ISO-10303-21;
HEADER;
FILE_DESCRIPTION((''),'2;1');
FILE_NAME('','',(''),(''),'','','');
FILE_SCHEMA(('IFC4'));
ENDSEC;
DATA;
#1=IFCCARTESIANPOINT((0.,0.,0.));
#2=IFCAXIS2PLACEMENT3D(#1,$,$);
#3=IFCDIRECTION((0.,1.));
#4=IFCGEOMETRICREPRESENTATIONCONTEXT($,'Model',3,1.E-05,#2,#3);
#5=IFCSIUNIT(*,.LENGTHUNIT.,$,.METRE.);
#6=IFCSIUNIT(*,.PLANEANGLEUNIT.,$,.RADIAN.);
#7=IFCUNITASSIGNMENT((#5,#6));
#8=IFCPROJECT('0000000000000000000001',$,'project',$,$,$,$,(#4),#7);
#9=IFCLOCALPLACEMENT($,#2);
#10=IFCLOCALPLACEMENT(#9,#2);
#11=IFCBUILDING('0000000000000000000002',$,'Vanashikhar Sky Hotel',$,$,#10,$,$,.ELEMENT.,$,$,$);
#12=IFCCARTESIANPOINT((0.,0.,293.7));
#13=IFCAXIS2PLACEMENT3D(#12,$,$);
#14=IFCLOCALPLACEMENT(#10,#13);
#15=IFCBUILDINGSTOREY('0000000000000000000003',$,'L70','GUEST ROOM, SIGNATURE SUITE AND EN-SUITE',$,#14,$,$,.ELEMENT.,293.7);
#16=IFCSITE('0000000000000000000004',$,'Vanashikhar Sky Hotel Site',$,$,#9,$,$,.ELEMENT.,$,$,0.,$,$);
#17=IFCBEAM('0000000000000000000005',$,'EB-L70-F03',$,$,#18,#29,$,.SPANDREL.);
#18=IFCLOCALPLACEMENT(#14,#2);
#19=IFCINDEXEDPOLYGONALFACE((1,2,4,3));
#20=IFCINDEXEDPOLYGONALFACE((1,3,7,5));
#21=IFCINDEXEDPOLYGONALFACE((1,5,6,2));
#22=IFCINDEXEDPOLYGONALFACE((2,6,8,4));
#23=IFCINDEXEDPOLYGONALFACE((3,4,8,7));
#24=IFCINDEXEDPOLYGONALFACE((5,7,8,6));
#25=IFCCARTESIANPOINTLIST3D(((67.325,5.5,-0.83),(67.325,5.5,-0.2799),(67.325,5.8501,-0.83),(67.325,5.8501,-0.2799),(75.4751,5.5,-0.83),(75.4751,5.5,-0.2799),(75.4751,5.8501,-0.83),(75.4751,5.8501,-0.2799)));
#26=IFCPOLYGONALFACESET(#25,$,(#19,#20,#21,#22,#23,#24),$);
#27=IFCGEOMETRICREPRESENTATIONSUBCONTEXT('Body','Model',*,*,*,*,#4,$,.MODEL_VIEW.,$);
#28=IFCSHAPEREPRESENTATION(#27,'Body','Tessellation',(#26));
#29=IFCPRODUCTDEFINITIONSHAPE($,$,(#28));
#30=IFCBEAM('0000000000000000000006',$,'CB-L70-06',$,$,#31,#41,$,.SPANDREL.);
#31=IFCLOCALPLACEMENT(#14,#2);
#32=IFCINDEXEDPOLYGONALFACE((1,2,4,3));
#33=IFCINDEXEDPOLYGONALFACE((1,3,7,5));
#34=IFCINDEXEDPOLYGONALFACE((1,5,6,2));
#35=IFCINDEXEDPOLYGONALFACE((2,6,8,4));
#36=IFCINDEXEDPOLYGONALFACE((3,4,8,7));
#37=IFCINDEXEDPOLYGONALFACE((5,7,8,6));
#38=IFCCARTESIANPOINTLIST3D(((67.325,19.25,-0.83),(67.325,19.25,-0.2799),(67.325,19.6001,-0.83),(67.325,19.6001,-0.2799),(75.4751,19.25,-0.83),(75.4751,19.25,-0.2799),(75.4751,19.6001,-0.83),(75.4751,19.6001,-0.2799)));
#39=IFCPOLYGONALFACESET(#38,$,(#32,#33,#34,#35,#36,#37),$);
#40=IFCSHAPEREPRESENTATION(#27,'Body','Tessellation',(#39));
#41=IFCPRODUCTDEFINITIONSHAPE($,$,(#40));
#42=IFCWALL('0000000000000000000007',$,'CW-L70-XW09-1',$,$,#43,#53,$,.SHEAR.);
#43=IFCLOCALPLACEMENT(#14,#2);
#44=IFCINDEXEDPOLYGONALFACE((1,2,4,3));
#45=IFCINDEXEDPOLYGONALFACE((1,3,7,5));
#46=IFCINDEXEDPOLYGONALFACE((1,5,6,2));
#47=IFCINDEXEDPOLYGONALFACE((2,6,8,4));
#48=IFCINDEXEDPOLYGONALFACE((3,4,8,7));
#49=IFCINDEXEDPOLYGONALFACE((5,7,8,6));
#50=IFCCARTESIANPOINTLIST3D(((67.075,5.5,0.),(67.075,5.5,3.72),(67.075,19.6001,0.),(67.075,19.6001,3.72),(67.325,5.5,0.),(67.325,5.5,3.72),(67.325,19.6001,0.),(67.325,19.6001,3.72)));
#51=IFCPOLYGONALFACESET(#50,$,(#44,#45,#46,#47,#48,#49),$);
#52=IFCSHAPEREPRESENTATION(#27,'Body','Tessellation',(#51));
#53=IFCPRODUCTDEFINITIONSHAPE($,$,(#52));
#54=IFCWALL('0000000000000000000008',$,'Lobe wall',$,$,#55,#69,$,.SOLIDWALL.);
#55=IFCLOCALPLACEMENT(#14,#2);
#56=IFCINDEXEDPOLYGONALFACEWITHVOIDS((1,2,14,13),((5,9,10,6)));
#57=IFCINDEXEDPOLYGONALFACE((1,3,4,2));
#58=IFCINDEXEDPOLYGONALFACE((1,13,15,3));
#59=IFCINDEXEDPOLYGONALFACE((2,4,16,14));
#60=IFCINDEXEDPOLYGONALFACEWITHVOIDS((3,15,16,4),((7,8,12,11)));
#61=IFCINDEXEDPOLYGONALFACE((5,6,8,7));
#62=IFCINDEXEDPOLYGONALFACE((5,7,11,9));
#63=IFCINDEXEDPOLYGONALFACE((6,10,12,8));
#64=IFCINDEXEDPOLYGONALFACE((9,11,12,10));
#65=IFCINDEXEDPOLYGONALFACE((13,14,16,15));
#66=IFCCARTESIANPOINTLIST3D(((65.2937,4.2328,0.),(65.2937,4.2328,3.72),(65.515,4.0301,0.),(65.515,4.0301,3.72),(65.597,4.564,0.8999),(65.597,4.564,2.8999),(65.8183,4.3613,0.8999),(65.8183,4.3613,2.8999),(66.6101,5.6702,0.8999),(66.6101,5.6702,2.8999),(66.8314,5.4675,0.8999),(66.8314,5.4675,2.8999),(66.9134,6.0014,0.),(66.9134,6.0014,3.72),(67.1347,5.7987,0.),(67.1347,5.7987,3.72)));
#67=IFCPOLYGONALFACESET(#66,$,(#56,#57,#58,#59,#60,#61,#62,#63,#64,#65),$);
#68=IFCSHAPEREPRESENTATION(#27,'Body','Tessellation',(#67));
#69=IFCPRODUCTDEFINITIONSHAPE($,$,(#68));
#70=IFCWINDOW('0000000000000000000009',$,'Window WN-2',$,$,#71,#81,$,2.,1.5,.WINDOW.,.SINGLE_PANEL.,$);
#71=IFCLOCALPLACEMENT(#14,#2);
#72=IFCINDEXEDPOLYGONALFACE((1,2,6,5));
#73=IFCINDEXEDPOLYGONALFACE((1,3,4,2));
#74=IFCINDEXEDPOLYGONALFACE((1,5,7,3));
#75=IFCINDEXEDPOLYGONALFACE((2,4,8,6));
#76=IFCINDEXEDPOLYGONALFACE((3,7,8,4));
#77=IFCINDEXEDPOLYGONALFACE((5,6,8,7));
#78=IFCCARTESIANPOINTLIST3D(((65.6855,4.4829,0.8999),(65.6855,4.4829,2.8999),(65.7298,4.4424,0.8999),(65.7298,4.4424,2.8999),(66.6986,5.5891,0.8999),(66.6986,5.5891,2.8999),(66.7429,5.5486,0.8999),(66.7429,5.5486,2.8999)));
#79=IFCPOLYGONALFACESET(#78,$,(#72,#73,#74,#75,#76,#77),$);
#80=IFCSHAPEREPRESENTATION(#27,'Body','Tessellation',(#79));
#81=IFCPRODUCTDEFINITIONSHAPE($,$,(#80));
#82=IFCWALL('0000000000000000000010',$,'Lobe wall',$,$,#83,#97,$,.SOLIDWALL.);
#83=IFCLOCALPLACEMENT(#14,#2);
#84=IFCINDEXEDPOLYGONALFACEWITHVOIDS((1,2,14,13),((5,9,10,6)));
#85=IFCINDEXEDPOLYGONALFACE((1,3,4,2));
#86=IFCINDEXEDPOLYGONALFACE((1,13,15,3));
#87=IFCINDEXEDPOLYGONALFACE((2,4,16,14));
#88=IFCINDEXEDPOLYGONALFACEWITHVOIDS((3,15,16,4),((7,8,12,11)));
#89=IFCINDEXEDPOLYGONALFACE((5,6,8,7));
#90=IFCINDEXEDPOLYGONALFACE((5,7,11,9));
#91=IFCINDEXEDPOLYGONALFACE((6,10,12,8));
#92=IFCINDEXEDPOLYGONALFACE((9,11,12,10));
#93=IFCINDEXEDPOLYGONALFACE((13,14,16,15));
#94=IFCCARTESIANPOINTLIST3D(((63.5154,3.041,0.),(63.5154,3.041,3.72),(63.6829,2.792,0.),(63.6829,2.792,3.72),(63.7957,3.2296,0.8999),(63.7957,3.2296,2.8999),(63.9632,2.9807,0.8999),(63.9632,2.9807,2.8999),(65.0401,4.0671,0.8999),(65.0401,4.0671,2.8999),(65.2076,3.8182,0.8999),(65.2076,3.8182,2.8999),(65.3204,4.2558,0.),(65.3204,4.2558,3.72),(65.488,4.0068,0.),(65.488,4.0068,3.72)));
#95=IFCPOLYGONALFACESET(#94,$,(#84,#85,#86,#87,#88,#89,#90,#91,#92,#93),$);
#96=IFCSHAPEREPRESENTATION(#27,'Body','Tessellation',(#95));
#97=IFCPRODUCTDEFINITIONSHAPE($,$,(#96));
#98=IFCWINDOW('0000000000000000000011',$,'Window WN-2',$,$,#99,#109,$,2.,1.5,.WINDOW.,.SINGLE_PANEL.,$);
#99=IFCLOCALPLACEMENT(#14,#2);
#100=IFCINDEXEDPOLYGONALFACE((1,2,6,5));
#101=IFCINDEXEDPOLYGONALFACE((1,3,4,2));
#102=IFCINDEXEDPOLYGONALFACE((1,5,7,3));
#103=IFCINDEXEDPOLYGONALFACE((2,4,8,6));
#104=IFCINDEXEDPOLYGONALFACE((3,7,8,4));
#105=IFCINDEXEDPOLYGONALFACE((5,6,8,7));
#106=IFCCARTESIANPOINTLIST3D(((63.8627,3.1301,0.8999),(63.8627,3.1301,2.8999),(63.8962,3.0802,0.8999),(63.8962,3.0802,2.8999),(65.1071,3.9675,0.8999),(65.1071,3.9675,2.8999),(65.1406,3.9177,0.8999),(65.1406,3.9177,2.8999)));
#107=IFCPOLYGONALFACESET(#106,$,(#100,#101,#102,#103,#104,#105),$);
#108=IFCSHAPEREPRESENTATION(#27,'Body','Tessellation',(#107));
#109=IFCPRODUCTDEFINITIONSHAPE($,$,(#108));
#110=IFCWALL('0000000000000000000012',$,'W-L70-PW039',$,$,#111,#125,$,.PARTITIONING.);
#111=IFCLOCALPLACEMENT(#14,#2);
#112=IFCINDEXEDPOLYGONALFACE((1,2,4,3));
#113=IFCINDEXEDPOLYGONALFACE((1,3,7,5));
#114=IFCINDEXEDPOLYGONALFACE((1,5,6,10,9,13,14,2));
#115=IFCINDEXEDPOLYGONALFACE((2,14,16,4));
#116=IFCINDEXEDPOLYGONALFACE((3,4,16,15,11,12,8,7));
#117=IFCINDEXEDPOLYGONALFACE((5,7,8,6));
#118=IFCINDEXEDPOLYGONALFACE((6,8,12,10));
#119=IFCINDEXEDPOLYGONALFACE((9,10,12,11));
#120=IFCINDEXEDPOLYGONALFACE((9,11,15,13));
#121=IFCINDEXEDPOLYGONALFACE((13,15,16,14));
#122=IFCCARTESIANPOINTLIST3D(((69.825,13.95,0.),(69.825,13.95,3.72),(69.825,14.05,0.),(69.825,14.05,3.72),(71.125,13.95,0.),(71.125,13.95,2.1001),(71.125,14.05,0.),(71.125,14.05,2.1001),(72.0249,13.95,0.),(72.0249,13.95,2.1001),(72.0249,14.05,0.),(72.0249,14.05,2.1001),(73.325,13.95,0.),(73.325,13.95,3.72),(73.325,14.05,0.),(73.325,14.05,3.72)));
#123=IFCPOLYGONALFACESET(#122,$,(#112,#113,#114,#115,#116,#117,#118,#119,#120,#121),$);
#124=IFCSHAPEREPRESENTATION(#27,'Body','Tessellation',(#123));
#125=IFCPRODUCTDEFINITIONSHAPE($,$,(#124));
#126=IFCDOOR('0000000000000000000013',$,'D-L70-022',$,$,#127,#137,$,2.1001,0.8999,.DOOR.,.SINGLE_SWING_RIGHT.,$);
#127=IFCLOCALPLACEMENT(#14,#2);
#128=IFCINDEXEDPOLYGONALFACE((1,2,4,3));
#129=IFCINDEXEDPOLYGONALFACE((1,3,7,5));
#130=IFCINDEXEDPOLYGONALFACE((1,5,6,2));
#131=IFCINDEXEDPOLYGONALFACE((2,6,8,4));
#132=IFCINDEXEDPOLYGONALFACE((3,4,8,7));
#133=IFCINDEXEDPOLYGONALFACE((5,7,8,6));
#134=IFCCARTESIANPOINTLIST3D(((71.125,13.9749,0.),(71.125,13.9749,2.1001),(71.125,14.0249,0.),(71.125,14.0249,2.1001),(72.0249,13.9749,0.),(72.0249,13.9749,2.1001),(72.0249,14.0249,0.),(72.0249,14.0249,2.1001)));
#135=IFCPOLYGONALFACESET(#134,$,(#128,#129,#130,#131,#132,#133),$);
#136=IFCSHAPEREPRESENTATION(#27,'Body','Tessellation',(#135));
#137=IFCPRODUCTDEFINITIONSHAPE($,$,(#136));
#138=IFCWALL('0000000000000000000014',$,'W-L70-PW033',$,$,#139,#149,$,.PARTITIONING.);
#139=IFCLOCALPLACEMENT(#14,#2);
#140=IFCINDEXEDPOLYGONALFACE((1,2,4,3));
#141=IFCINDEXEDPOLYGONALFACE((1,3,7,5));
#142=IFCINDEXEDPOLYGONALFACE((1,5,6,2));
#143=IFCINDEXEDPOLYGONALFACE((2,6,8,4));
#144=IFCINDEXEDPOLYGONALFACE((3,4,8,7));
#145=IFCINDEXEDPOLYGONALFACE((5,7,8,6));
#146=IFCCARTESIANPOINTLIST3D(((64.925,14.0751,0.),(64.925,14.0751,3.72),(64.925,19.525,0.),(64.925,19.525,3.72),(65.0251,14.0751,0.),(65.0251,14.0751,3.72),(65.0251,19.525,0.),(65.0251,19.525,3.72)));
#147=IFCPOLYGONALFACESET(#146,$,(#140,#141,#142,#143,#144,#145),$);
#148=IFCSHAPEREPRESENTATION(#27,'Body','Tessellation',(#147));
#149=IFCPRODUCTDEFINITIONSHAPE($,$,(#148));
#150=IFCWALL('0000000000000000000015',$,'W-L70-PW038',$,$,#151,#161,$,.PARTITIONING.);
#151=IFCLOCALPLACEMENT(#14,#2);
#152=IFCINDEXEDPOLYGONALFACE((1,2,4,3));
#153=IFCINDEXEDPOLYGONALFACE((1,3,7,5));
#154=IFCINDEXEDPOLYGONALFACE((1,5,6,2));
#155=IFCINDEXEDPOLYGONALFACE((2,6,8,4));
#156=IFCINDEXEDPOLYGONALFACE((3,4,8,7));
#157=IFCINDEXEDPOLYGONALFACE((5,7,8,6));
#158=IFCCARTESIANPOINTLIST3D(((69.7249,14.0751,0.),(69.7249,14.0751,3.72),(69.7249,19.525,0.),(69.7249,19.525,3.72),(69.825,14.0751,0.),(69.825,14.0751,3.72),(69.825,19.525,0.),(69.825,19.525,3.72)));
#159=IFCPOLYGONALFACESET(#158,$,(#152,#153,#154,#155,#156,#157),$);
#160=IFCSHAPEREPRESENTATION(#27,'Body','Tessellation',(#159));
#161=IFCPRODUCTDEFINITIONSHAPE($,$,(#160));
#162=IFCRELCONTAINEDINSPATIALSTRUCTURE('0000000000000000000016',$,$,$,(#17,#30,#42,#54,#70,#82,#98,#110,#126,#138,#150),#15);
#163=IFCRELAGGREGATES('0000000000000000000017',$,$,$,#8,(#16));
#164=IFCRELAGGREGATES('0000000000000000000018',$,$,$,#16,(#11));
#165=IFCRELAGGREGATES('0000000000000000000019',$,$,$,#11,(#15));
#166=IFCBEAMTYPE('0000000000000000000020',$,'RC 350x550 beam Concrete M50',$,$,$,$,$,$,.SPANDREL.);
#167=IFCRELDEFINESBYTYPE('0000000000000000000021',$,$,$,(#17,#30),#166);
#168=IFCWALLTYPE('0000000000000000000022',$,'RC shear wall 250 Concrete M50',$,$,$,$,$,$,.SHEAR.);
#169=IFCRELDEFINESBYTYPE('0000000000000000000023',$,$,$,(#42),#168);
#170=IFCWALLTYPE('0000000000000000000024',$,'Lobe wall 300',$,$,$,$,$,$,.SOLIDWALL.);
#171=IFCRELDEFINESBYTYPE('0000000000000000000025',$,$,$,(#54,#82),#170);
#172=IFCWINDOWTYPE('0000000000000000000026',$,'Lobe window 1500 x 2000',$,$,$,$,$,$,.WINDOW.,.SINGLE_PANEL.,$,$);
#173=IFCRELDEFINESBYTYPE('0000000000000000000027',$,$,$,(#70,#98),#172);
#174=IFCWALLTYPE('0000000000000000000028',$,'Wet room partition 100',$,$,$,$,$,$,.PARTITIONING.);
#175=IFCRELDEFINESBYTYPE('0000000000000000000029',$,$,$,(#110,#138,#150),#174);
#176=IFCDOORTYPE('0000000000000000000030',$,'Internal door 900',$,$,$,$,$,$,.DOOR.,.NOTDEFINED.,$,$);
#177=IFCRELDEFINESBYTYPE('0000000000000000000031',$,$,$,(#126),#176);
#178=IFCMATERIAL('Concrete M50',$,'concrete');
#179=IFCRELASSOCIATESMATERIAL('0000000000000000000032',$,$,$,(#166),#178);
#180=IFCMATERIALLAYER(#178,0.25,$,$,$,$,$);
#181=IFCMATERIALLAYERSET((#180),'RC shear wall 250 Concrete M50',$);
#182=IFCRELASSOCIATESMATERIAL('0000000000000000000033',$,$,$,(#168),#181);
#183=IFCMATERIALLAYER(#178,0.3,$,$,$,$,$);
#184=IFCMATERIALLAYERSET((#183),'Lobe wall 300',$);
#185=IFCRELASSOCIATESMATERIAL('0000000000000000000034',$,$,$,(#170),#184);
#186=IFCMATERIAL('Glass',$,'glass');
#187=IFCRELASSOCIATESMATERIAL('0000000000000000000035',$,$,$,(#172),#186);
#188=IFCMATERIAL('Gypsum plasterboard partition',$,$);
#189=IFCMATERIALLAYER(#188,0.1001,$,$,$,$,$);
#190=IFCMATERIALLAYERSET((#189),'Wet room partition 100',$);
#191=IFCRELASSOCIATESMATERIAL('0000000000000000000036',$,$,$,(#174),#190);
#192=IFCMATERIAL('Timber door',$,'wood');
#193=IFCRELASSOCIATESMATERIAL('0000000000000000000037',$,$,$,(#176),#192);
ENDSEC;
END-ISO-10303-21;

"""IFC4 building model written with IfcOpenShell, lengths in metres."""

from ifc_helpers import new_model, si_unit, direction, frame, frame_2d, origin, origin_2d, place, context, subcontext, project, spatial, rectangle, extrude, source, transform, mapped, material, layer, layer_set, material_profile, profile_set, type_object, element, fill, save


model = new_model("IFC4")

# Units and contexts
model_context = context("Model", 3, precision=1e-05, world=origin(), true_north=direction((0.0, 1.0)))
body_context = subcontext(model_context, "Body", "Model", "MODEL_VIEW")
ifc_project = project(units=[si_unit("LENGTHUNIT", "METRE"), si_unit("PLANEANGLEUNIT", "RADIAN")], contexts=[model_context])

# Site, building, storey
site_placement = place(None, origin())
site = spatial("IfcSite", under=ifc_project, at=site_placement, Name="Vanashikhar Sky Hotel Site", CompositionType="ELEMENT", RefElevation=0.0)
building_placement = place(site_placement, origin())
building = spatial("IfcBuilding", under=site, at=building_placement, Name="Vanashikhar Sky Hotel", CompositionType="ELEMENT")
storey_placement = place(building_placement, frame((0.0, 0.0, 293.7)))
storey = spatial("IfcBuildingStorey", under=building, at=storey_placement, Name="L70", Description="GUEST ROOM, SIGNATURE SUITE AND EN-SUITE", CompositionType="ELEMENT", Elevation=293.7)

# Beams
ifc_material_1 = material(Name="Concrete M50", Category="concrete")
ifc_material_profile_1 = material_profile(ifc_material_1, rectangle(XDim=0.3501, YDim=0.55, at=origin_2d()))
ifc_profile_set_1 = profile_set([ifc_material_profile_1], Name="RC 350x550 beam Concrete M50")
beam_type = type_object("IfcBeamType", Name="RC 350x550 beam Concrete M50", PredefinedType="SPANDREL", material=ifc_profile_set_1)
shared_shape_1 = source(origin(), body_context, "Body", "SweptSolid", [
    extrude(rectangle(XDim=0.3501, YDim=0.55, at=origin_2d()), origin(), (0.0, 0.0, 1.0), 8.1501),
])
for number, where, z_axis, x_axis, name in (
    (1, (67.325, 5.675, -0.5549), (1.0, 0.0, 0.0), (0.0, 1.0, 0.0), "EB-L70-F03"),
    (2, (67.325, 19.425, -0.5549), (1.0, 0.0, 0.0), (0.0, 1.0, 0.0), "CB-L70-06"),
):
    element("IfcBeam", number, at=place(storey_placement, frame(where, z_axis=z_axis, x_axis=x_axis)), inside=storey, type_object=beam_type, Name=name, PredefinedType="SPANDREL", context=body_context, shape_type="MappedRepresentation", body=[
        mapped(shared_shape_1, transform((0.0, 0.0, 0.0), scale=1.0)),
    ])

# Wall
ifc_layer_1 = layer(ifc_material_1, 0.25)
ifc_layer_set_1 = layer_set([ifc_layer_1], Name="RC shear wall 250 Concrete M50")
wall_type_1 = type_object("IfcWallType", Name="RC shear wall 250 Concrete M50", PredefinedType="SHEAR", material=ifc_layer_set_1)
shared_shape_2 = source(origin(), body_context, "Body", "SweptSolid", [
    extrude(rectangle(XDim=14.1001, YDim=0.25, at=frame_2d((7.05, 0.0))), origin(), (0.0, 0.0, 1.0), 3.72),
])
wall_1_placement = place(storey_placement, frame((67.2, 5.5, 0.0), z_axis=(0.0, 0.0, 1.0), x_axis=(0.0, 1.0, 0.0)))
element("IfcWall", 3, at=wall_1_placement, inside=storey, type_object=wall_type_1, Name="CW-L70-XW09-1", PredefinedType="SHEAR", context=body_context, shape_type="MappedRepresentation", body=[
    mapped(shared_shape_2, transform((0.0, 0.0, 0.0), scale=1.0)),
])

# Shared definitions
ifc_material_2 = material(Name="Glass", Category="glass")

# Walls, openings, windows
ifc_layer_2 = layer(ifc_material_1, 0.3)
ifc_layer_set_2 = layer_set([ifc_layer_2], Name="Lobe wall 300")
wall_type_2 = type_object("IfcWallType", Name="Lobe wall 300", PredefinedType="SOLIDWALL", material=ifc_layer_set_2)
shared_shape_3 = source(origin(), body_context, "Body", "SweptSolid", [
    extrude(rectangle(XDim=2.3982, YDim=0.3, at=frame_2d((1.1992, 0.0))), origin(), (0.0, 0.0, 1.0), 3.72),
])
wall_2_placement = place(storey_placement, frame((65.4043, 4.1313, 0.0), z_axis=(0.0, 0.0, 1.0), x_axis=(0.675374, 0.737475, 0.0)))
wall_2 = element("IfcWall", 4, at=wall_2_placement, inside=storey, type_object=wall_type_2, Name="Lobe wall", PredefinedType="SOLIDWALL", context=body_context, shape_type="MappedRepresentation", body=[
    mapped(shared_shape_3, transform((0.0, 0.0, 0.0), scale=1.0)),
])
shared_shape_4 = source(origin(), body_context, "Body", "SweptSolid", [
    extrude(rectangle(XDim=1.5, YDim=2.0, at=frame_2d((0.75, 1.0))), frame((0.0, 0.1602, 0.0), z_axis=(0.0, -1.0, 0.0), x_axis=(1.0, 0.0, 0.0)), (0.0, 0.0, 1.0), 0.3201),
])
opening_1_placement = place(wall_2_placement, frame((0.4492, 0.0, 0.8999)))
opening_1 = element("IfcOpeningElement", 5, at=opening_1_placement, cuts=wall_2, PredefinedType="OPENING", context=body_context, shape_type="MappedRepresentation", body=[
    mapped(shared_shape_4, transform((0.0, 0.0, 0.0), scale=1.0)),
])
window_type_1 = type_object("IfcWindowType", Name="Lobe window 1500 x 2000", PartitioningType="SINGLE_PANEL", PredefinedType="WINDOW", material=ifc_material_2)
shared_shape_5 = source(origin(), body_context, "Body", "SweptSolid", [
    extrude(rectangle(XDim=1.5, YDim=2.0, at=frame_2d((0.75, 1.0))), frame((0.0, 0.03, 0.0), z_axis=(0.0, -1.0, 0.0), x_axis=(1.0, 0.0, 0.0)), (0.0, 0.0, 1.0), 0.0601),
])
window_1_placement = place(opening_1_placement, origin())
window_1 = element("IfcWindow", 6, at=window_1_placement, inside=storey, type_object=window_type_1, Name="Window WN-2", OverallHeight=2.0, OverallWidth=1.5, PartitioningType="SINGLE_PANEL", PredefinedType="WINDOW", context=body_context, shape_type="MappedRepresentation", body=[
    mapped(shared_shape_5, transform((0.0, 0.0, 0.0), scale=1.0)),
])
fill(opening_1, window_1)
shared_shape_6 = source(origin(), body_context, "Body", "SweptSolid", [
    extrude(rectangle(XDim=2.1758, YDim=0.3, at=frame_2d((1.0879, 0.0))), origin(), (0.0, 0.0, 1.0), 3.72),
])
wall_3_placement = place(storey_placement, frame((63.5991, 2.9165, 0.0), z_axis=(0.0, 0.0, 1.0), x_axis=(0.829626, 0.55832, 0.0)))
wall_3 = element("IfcWall", 7, at=wall_3_placement, inside=storey, type_object=wall_type_2, Name="Lobe wall", PredefinedType="SOLIDWALL", context=body_context, shape_type="MappedRepresentation", body=[
    mapped(shared_shape_6, transform((0.0, 0.0, 0.0), scale=1.0)),
])
opening_2_placement = place(wall_3_placement, frame((0.3379, 0.0, 0.8999)))
opening_2 = element("IfcOpeningElement", 8, at=opening_2_placement, cuts=wall_3, PredefinedType="OPENING", context=body_context, shape_type="MappedRepresentation", body=[
    mapped(shared_shape_4, transform((0.0, 0.0, 0.0), scale=1.0)),
])
window_2_placement = place(opening_2_placement, origin())
window_2 = element("IfcWindow", 9, at=window_2_placement, inside=storey, type_object=window_type_1, Name="Window WN-2", OverallHeight=2.0, OverallWidth=1.5, PartitioningType="SINGLE_PANEL", PredefinedType="WINDOW", context=body_context, shape_type="MappedRepresentation", body=[
    mapped(shared_shape_5, transform((0.0, 0.0, 0.0), scale=1.0)),
])
fill(opening_2, window_2)

# Wall, opening, door
ifc_material_3 = material(Name="Gypsum plasterboard partition")
ifc_layer_3 = layer(ifc_material_3, 0.1001)
ifc_layer_set_3 = layer_set([ifc_layer_3], Name="Wet room partition 100")
wall_type_3 = type_object("IfcWallType", Name="Wet room partition 100", PredefinedType="PARTITIONING", material=ifc_layer_set_3)
shared_shape_7 = source(origin(), body_context, "Body", "SweptSolid", [
    extrude(rectangle(XDim=3.5, YDim=0.1001, at=frame_2d((1.75, 0.0))), origin(), (0.0, 0.0, 1.0), 3.72),
])
wall_4_placement = place(storey_placement, frame((69.825, 14.0, 0.0), z_axis=(0.0, 0.0, 1.0), x_axis=(1.0, 0.0, 0.0)))
wall_4 = element("IfcWall", 10, at=wall_4_placement, inside=storey, type_object=wall_type_3, Name="W-L70-PW039", PredefinedType="PARTITIONING", context=body_context, shape_type="MappedRepresentation", body=[
    mapped(shared_shape_7, transform((0.0, 0.0, 0.0), scale=1.0)),
])
shared_shape_8 = source(origin(), body_context, "Body", "SweptSolid", [
    extrude(rectangle(XDim=0.8999, YDim=2.1001, at=frame_2d((0.45, 1.05))), frame((0.0, 0.0601, 0.0), z_axis=(0.0, -1.0, 0.0), x_axis=(1.0, 0.0, 0.0)), (0.0, 0.0, 1.0), 0.1201),
])
opening_3_placement = place(wall_4_placement, frame((1.3, 0.0, 0.0)))
opening_3 = element("IfcOpeningElement", 11, at=opening_3_placement, cuts=wall_4, PredefinedType="OPENING", context=body_context, shape_type="MappedRepresentation", body=[
    mapped(shared_shape_8, transform((0.0, 0.0, 0.0), scale=1.0)),
])
ifc_material_4 = material(Name="Timber door", Category="wood")
door_type_1 = type_object("IfcDoorType", Name="Internal door 900", OperationType="NOTDEFINED", PredefinedType="DOOR", material=ifc_material_4)
shared_shape_9 = source(origin(), body_context, "Body", "SweptSolid", [
    extrude(rectangle(XDim=0.8999, YDim=2.1001, at=frame_2d((0.45, 1.05))), frame((0.0, 0.0249, 0.0), z_axis=(0.0, -1.0, 0.0), x_axis=(1.0, 0.0, 0.0)), (0.0, 0.0, 1.0), 0.05),
])
door_1_placement = place(opening_3_placement, origin())
door_1 = element("IfcDoor", 12, at=door_1_placement, inside=storey, type_object=door_type_1, Name="D-L70-022", OperationType="SINGLE_SWING_RIGHT", OverallHeight=2.1001, OverallWidth=0.8999, PredefinedType="DOOR", context=body_context, shape_type="MappedRepresentation", body=[
    mapped(shared_shape_9, transform((0.0, 0.0, 0.0), scale=1.0)),
])
fill(opening_3, door_1)

# Walls
shared_shape_10 = source(origin(), body_context, "Body", "SweptSolid", [
    extrude(rectangle(XDim=5.45, YDim=0.1001, at=frame_2d((2.7251, 0.0))), origin(), (0.0, 0.0, 1.0), 3.72),
])
for number, where, z_axis, x_axis, name in (
    (13, (64.9751, 14.075, 0.0), (0.0, 0.0, 1.0), (0.0, 1.0, 0.0), "W-L70-PW033"),
    (14, (69.7749, 14.075, 0.0), (0.0, 0.0, 1.0), (0.0, 1.0, 0.0), "W-L70-PW038"),
):
    element("IfcWall", number, at=place(storey_placement, frame(where, z_axis=z_axis, x_axis=x_axis)), inside=storey, type_object=wall_type_3, Name=name, PredefinedType="PARTITIONING", context=body_context, shape_type="MappedRepresentation", body=[
        mapped(shared_shape_10, transform((0.0, 0.0, 0.0), scale=1.0)),
    ])

save(model, "model.ifc")
